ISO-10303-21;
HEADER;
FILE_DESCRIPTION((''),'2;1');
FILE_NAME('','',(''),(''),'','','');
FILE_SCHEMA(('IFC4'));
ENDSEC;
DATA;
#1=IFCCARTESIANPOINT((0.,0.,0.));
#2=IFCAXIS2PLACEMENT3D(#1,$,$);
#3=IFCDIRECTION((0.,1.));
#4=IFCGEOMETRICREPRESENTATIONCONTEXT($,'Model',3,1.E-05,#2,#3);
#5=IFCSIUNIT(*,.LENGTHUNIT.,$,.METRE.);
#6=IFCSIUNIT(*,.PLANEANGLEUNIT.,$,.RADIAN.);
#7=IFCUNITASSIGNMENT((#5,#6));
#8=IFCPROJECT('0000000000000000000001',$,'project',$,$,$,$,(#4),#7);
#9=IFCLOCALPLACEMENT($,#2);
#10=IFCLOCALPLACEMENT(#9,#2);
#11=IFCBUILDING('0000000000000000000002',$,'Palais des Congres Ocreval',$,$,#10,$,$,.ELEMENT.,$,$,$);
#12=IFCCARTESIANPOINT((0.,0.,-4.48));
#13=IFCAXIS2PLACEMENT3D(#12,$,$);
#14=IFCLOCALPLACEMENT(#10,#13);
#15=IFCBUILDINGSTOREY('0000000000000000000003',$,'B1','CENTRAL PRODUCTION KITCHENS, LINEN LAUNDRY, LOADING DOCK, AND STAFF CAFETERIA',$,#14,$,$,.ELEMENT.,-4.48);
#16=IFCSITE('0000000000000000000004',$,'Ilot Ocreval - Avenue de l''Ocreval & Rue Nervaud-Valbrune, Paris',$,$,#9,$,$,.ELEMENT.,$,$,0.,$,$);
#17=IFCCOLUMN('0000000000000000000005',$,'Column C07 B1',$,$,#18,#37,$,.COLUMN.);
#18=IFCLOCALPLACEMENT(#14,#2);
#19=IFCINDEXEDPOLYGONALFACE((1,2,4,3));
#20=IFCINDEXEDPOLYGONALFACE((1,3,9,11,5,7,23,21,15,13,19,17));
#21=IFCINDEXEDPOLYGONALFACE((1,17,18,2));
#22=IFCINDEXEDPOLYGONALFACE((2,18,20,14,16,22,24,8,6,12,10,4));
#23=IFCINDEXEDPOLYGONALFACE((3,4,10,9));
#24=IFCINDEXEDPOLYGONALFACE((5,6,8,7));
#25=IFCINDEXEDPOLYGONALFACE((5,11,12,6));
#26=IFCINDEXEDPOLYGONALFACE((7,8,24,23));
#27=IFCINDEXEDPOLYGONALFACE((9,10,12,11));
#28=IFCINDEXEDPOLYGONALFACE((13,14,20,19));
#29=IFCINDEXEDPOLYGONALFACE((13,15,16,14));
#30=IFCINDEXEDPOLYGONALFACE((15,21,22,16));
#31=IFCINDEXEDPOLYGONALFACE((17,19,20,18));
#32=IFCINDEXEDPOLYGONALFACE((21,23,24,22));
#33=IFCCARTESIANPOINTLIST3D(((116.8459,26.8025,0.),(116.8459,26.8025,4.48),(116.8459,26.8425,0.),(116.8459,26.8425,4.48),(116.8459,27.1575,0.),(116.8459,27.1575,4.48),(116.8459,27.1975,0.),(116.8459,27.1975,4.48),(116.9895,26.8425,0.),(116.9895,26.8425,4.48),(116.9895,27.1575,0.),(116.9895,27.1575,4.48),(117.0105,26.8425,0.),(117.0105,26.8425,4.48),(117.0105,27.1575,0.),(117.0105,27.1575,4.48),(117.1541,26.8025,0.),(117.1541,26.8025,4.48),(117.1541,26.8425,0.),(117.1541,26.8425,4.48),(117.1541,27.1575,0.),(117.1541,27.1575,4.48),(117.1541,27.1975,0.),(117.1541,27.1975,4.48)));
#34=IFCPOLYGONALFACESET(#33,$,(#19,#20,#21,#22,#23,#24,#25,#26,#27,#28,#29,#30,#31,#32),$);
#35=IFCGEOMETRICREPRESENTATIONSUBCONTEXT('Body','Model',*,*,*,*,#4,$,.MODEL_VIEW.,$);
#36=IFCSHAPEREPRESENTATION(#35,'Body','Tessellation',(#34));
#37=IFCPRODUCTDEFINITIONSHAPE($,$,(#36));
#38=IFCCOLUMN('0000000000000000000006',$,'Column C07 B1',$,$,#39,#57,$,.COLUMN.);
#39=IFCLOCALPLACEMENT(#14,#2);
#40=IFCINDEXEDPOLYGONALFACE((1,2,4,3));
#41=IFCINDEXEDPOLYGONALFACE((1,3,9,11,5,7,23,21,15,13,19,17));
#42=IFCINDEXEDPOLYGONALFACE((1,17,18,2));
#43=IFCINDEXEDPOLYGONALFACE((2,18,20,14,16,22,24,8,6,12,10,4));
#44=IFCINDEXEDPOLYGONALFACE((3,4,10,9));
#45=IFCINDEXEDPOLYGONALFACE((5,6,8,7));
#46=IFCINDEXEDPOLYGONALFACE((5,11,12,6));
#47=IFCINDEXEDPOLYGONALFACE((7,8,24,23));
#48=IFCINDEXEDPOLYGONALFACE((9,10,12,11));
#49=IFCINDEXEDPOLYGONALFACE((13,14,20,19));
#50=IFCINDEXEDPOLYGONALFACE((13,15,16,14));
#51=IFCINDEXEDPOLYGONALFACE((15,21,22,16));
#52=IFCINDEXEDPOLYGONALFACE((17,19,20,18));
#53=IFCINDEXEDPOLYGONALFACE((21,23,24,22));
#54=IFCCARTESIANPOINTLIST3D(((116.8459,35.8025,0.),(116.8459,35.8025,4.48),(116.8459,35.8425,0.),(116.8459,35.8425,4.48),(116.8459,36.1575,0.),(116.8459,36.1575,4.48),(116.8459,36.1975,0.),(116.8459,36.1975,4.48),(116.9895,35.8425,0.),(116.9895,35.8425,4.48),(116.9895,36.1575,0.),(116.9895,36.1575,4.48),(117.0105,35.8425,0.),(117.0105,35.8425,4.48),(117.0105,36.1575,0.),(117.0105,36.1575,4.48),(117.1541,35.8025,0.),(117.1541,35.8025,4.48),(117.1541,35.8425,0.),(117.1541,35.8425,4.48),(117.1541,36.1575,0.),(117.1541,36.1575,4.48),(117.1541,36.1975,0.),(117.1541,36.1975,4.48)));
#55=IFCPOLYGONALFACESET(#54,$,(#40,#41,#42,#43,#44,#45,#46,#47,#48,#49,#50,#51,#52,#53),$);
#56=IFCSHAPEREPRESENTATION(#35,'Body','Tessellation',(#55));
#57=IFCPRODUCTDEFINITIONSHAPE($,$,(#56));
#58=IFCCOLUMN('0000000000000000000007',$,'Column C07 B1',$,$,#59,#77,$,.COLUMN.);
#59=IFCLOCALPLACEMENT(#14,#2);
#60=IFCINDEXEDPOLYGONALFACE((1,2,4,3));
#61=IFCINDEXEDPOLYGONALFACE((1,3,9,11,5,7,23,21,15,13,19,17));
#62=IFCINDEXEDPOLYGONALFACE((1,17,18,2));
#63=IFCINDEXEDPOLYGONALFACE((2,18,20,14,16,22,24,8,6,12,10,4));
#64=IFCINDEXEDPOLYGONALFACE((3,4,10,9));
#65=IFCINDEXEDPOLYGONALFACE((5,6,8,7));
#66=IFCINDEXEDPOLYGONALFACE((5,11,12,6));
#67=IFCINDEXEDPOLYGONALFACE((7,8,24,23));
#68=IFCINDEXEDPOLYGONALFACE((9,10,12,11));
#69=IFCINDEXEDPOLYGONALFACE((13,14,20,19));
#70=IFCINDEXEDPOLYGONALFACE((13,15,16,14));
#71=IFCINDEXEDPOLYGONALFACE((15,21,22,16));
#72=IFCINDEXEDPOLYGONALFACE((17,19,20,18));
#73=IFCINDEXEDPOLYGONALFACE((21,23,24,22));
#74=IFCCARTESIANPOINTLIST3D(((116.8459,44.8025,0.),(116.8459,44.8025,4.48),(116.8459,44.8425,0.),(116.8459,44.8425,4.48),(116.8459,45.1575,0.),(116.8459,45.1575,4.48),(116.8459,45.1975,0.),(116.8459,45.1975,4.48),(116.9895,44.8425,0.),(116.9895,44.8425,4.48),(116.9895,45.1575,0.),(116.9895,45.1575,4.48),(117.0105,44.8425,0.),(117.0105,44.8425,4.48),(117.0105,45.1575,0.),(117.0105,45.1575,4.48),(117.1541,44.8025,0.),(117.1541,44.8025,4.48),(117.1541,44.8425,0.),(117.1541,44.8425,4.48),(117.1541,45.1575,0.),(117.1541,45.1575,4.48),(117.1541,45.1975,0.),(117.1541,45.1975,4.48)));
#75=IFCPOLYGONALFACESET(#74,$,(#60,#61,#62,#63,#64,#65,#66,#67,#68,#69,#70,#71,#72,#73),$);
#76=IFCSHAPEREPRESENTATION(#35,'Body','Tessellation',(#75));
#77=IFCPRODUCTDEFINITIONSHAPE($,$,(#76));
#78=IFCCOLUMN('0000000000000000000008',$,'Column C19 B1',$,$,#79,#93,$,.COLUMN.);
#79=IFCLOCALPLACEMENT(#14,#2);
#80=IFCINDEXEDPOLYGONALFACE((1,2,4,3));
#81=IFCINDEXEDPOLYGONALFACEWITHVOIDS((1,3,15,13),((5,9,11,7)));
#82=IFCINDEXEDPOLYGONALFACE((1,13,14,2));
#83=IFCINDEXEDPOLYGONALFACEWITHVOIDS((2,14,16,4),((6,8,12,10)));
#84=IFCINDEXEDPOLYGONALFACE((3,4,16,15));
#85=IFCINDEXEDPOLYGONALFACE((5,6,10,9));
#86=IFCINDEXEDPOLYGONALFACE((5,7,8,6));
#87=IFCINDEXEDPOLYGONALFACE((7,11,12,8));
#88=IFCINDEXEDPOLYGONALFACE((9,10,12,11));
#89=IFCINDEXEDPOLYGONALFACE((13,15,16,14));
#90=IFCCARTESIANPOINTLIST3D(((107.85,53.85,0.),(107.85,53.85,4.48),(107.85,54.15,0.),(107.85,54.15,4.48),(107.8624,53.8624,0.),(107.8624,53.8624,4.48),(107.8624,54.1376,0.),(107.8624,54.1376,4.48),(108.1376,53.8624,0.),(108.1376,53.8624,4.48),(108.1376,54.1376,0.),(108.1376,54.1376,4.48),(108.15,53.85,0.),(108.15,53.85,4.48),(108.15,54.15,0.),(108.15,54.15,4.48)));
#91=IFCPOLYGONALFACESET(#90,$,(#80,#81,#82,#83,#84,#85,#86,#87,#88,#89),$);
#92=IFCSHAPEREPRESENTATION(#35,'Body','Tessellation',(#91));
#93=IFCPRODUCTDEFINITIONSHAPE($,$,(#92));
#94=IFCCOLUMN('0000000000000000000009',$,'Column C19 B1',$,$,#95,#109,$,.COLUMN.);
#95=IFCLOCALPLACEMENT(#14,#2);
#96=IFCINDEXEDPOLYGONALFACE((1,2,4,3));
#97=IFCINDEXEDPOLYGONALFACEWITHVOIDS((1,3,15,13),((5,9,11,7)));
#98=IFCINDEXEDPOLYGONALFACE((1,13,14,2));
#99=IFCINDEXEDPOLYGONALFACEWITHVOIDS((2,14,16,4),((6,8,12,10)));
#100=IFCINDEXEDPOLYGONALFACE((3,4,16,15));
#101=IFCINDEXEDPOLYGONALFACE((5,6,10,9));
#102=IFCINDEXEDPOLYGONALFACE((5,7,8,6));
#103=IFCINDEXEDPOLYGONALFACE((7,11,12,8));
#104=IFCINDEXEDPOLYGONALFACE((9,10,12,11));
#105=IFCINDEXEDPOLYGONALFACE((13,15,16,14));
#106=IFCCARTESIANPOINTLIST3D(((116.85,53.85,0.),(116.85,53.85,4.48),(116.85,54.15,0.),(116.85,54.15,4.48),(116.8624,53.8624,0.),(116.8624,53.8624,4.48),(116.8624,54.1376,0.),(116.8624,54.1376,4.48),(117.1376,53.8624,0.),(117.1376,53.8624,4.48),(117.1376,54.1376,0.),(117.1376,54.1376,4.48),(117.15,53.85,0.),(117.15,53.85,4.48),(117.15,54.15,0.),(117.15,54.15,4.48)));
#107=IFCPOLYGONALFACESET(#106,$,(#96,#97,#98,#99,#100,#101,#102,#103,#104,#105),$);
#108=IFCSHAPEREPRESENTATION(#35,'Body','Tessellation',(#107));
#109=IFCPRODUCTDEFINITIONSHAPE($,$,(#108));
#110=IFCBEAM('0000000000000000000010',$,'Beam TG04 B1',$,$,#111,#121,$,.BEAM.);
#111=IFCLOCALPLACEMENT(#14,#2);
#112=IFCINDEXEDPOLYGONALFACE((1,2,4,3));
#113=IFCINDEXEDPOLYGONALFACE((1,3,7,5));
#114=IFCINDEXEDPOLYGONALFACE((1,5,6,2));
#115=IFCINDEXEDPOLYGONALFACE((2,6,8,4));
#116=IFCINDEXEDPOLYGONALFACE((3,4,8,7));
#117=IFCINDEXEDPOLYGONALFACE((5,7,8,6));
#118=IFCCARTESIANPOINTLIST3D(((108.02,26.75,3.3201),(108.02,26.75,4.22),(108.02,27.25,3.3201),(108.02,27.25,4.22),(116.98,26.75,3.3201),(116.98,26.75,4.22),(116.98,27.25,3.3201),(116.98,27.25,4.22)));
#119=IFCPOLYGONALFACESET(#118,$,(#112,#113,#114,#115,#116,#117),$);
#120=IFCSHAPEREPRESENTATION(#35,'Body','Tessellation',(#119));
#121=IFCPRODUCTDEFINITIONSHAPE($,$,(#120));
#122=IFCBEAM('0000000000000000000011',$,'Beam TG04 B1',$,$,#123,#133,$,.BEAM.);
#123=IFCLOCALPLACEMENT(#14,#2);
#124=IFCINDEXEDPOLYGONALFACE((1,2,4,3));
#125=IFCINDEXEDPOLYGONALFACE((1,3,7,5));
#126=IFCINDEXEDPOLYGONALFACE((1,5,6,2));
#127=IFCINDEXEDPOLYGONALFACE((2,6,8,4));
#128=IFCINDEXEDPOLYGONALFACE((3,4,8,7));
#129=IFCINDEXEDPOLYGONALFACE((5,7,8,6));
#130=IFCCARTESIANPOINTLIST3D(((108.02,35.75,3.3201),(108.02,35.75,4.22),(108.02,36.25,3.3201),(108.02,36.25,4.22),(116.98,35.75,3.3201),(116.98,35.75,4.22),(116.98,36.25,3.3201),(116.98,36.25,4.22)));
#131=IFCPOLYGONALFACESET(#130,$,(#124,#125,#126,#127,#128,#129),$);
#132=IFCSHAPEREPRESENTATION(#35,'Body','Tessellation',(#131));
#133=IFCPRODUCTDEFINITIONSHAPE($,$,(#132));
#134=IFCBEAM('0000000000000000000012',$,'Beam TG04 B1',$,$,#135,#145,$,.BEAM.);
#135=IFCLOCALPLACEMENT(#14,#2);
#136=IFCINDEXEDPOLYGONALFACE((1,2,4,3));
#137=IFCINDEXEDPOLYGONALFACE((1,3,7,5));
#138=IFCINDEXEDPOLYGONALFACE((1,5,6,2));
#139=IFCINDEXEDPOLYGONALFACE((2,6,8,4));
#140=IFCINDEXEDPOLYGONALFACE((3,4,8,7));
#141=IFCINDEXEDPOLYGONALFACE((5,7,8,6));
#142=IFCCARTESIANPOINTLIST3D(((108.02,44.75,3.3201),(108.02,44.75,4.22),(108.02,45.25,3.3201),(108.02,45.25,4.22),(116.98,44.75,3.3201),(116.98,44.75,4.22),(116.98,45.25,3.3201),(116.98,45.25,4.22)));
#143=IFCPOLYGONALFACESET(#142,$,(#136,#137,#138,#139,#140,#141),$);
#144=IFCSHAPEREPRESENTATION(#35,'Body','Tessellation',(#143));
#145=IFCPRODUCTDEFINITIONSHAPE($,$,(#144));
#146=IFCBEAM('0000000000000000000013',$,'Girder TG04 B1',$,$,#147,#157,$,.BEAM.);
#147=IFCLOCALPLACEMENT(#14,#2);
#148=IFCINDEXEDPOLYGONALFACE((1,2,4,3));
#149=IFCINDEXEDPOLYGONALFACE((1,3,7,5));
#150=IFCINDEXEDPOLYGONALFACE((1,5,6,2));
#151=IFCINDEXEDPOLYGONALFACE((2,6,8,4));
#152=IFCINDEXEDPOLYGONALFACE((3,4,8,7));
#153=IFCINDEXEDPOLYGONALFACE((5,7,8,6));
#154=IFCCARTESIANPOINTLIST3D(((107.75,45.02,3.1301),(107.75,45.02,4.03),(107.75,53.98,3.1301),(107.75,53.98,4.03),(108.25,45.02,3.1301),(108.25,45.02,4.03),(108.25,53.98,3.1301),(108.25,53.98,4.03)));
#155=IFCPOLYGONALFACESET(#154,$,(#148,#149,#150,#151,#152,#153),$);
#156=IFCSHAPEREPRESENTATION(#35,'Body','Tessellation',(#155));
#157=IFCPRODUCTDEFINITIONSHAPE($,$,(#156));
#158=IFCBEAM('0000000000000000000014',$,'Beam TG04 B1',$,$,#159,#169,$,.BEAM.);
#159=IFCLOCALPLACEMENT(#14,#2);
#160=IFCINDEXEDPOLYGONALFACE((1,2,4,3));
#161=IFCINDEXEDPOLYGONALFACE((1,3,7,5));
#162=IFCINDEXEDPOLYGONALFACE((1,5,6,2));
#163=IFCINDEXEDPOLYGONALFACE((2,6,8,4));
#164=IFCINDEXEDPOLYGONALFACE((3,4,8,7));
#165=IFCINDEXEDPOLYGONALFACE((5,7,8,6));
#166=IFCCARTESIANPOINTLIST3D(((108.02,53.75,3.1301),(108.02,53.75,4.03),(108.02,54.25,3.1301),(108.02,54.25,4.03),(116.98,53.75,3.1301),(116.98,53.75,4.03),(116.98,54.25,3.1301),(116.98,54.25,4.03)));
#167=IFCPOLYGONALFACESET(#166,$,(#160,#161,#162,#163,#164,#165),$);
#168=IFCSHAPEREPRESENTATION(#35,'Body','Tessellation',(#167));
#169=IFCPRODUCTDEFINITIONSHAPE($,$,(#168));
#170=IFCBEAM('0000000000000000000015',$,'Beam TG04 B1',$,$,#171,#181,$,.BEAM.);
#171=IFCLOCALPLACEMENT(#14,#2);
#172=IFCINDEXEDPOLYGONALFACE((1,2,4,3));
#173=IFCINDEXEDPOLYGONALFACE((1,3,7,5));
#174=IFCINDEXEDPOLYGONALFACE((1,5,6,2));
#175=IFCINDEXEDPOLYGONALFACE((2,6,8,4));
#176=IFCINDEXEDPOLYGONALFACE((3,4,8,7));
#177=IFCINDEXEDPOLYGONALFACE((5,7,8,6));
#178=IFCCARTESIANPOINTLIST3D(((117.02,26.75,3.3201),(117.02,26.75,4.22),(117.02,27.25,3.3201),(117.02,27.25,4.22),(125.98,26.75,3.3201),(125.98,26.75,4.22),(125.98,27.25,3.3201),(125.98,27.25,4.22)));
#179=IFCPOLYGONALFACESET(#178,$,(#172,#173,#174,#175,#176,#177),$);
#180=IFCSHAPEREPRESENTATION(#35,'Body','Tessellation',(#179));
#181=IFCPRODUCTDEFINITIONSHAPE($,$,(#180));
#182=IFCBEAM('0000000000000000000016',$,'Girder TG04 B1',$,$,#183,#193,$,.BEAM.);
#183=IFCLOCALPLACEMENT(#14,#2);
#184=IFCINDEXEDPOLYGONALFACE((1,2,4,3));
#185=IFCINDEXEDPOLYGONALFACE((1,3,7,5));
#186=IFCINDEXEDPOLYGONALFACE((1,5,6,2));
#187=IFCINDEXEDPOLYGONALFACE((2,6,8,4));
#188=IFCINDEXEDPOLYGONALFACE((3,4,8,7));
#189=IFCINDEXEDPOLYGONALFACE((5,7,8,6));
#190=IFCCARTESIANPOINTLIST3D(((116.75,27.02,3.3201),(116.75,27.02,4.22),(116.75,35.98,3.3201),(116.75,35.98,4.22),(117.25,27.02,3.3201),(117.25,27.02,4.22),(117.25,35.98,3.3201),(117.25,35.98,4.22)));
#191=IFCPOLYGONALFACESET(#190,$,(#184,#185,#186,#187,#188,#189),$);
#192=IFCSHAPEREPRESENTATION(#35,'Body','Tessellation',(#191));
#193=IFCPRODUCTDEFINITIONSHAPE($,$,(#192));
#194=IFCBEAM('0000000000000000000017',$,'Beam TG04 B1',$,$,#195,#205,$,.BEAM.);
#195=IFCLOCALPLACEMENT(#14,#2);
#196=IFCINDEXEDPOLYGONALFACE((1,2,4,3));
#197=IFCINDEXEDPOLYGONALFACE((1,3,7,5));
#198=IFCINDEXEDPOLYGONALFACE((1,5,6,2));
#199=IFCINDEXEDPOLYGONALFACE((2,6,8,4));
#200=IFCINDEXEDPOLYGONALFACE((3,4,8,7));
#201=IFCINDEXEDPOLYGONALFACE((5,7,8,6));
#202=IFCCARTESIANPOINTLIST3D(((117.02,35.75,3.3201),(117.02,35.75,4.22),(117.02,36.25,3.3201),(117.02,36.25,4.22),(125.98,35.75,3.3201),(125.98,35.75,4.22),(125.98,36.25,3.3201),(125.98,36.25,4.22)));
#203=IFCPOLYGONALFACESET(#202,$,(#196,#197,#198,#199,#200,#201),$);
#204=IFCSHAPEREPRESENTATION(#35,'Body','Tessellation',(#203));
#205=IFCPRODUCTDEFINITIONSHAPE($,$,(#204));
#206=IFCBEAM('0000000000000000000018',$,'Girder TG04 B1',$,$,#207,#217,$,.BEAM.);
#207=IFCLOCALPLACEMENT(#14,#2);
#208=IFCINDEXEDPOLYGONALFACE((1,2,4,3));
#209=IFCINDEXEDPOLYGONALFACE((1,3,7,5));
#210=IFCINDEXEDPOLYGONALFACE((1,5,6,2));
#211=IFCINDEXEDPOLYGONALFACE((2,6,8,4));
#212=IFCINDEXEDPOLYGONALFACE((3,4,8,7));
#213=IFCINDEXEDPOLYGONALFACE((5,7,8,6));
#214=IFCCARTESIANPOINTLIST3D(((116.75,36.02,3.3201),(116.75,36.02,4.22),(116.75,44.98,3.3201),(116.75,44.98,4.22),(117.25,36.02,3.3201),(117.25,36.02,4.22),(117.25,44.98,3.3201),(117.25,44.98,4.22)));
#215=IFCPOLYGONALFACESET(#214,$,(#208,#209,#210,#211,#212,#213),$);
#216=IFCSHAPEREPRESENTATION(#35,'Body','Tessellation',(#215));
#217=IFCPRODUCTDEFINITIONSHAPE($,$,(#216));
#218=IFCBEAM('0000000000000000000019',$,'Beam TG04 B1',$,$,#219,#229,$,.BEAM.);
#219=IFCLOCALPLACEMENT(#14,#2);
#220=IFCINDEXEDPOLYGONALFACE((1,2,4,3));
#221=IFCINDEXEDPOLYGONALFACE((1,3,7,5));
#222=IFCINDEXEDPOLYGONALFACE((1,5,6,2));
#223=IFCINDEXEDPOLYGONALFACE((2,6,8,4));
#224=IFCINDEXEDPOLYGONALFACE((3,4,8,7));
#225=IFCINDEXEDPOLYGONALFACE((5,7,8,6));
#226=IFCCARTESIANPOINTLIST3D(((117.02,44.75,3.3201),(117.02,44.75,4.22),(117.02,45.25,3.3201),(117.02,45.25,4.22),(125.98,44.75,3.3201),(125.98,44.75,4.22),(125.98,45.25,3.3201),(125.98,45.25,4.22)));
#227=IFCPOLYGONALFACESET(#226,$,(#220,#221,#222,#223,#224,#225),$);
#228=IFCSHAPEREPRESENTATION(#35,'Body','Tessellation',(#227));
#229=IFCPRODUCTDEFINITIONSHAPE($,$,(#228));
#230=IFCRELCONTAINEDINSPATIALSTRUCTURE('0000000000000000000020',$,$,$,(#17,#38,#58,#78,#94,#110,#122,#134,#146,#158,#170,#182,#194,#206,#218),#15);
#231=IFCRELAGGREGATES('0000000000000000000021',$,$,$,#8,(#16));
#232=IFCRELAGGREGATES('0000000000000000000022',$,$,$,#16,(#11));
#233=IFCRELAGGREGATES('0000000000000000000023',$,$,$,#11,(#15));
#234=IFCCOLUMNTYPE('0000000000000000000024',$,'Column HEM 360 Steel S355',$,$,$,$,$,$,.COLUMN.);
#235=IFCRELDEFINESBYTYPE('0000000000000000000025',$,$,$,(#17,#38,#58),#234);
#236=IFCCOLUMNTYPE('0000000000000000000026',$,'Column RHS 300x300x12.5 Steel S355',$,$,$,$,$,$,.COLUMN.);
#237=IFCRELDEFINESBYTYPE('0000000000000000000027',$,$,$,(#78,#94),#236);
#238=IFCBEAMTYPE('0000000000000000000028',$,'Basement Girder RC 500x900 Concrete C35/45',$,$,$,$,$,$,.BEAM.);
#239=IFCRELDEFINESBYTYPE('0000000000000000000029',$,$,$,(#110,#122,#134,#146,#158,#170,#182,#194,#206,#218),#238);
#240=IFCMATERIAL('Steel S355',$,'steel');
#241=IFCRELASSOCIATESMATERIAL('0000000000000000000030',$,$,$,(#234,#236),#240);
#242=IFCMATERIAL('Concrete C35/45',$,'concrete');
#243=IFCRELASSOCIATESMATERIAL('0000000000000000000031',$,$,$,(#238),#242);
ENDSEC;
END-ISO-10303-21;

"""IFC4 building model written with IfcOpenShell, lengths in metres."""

from ifc_helpers import new_model, si_unit, direction, frame, origin, origin_2d, place, context, subcontext, project, spatial, rectangle, hollow_rectangle, i_section, extrude, material, material_profile, profile_set, type_object, element, save


model = new_model("IFC4")

# Units and contexts
model_context = context("Model", 3, precision=1e-05, world=origin(), true_north=direction((0.0, 1.0)))
body_context = subcontext(model_context, "Body", "Model", "MODEL_VIEW")
ifc_project = project(units=[si_unit("LENGTHUNIT", "METRE"), si_unit("PLANEANGLEUNIT", "RADIAN")], contexts=[model_context])

# Site, building, storey
site_placement = place(None, origin())
site = spatial("IfcSite", under=ifc_project, at=site_placement, Name="Ilot Ocreval - Avenue de l'Ocreval & Rue Nervaud-Valbrune, Paris", CompositionType="ELEMENT", RefElevation=0.0)
building_placement = place(site_placement, origin())
building = spatial("IfcBuilding", under=site, at=building_placement, Name="Palais des Congres Ocreval", CompositionType="ELEMENT")
storey_placement = place(building_placement, frame((0.0, 0.0, -4.48)))
storey = spatial("IfcBuildingStorey", under=building, at=storey_placement, Name="B1", Description="CENTRAL PRODUCTION KITCHENS, LINEN LAUNDRY, LOADING DOCK, AND STAFF CAFETERIA", CompositionType="ELEMENT", Elevation=-4.48)

# Columns
ifc_material_1 = material(Name="Steel S355", Category="steel")
ifc_material_profile_1 = material_profile(ifc_material_1, i_section(OverallWidth=0.3081, OverallDepth=0.395, WebThickness=0.021, FlangeThickness=0.04, at=origin_2d()), Name="HEM 360")
ifc_profile_set_1 = profile_set([ifc_material_profile_1], Name="Steel S355")
column_type_1 = type_object("IfcColumnType", Name="Column HEM 360 Steel S355", PredefinedType="COLUMN", material=ifc_profile_set_1)
for number, where, z_axis, x_axis, name in (
    (1, (117.0, 27.0, 0.0), (0.0, 0.0, 1.0), (1.0, 0.0, 0.0), "Column C07 B1"),
    (2, (117.0, 36.0, 0.0), (0.0, 0.0, 1.0), (1.0, 0.0, 0.0), "Column C07 B1"),
    (3, (117.0, 45.0, 0.0), (0.0, 0.0, 1.0), (1.0, 0.0, 0.0), "Column C07 B1"),
):
    element("IfcColumn", number, at=place(storey_placement, frame(where, z_axis=z_axis, x_axis=x_axis)), inside=storey, type_object=column_type_1, Name=name, PredefinedType="COLUMN", context=body_context, shape_type="SweptSolid", body=[
        extrude(i_section(OverallWidth=0.3081, OverallDepth=0.395, WebThickness=0.021, FlangeThickness=0.04, at=origin_2d()), origin(), (0.0, 0.0, 1.0), 4.48),
    ])
ifc_material_profile_2 = material_profile(ifc_material_1, hollow_rectangle(XDim=0.3, YDim=0.3, WallThickness=0.0125, at=origin_2d()), Name="RHS 300x300x12.5")
ifc_profile_set_2 = profile_set([ifc_material_profile_2], Name="Steel S355")
column_type_2 = type_object("IfcColumnType", Name="Column RHS 300x300x12.5 Steel S355", PredefinedType="COLUMN", material=ifc_profile_set_2)
for number, where, z_axis, x_axis, name in (
    (4, (108.0, 54.0, 0.0), (0.0, 0.0, 1.0), (1.0, 0.0, 0.0), "Column C19 B1"),
    (5, (117.0, 54.0, 0.0), (0.0, 0.0, 1.0), (1.0, 0.0, 0.0), "Column C19 B1"),
):
    element("IfcColumn", number, at=place(storey_placement, frame(where, z_axis=z_axis, x_axis=x_axis)), inside=storey, type_object=column_type_2, Name=name, PredefinedType="COLUMN", context=body_context, shape_type="SweptSolid", body=[
        extrude(hollow_rectangle(XDim=0.3, YDim=0.3, WallThickness=0.0125, at=origin_2d()), origin(), (0.0, 0.0, 1.0), 4.48),
    ])

# Beams
ifc_material_2 = material(Name="Concrete C35/45", Category="concrete")
ifc_material_profile_3 = material_profile(ifc_material_2, rectangle(XDim=0.5, YDim=0.8999, at=origin_2d()), Name="RC 500x900")
ifc_profile_set_3 = profile_set([ifc_material_profile_3], Name="Concrete C35/45")
beam_type_1 = type_object("IfcBeamType", Name="Basement Girder RC 500x900 Concrete C35/45", PredefinedType="BEAM", material=ifc_profile_set_3)
for number, where, z_axis, x_axis, name in (
    (6, (108.02, 27.0, 3.77), (1.0, 0.0, 0.0), (0.0, 1.0, 0.0), "Beam TG04 B1"),
    (7, (108.02, 36.0, 3.77), (1.0, 0.0, 0.0), (0.0, 1.0, 0.0), "Beam TG04 B1"),
    (8, (108.02, 45.0, 3.77), (1.0, 0.0, 0.0), (0.0, 1.0, 0.0), "Beam TG04 B1"),
    (9, (108.0, 45.02, 3.5801), (0.0, 1.0, 0.0), (-1.0, 0.0, 0.0), "Girder TG04 B1"),
    (10, (108.02, 54.0, 3.5801), (1.0, 0.0, 0.0), (0.0, 1.0, 0.0), "Beam TG04 B1"),
    (11, (117.02, 27.0, 3.77), (1.0, 0.0, 0.0), (0.0, 1.0, 0.0), "Beam TG04 B1"),
    (12, (117.0, 27.02, 3.77), (0.0, 1.0, 0.0), (-1.0, 0.0, 0.0), "Girder TG04 B1"),
    (13, (117.02, 36.0, 3.77), (1.0, 0.0, 0.0), (0.0, 1.0, 0.0), "Beam TG04 B1"),
    (14, (117.0, 36.02, 3.77), (0.0, 1.0, 0.0), (-1.0, 0.0, 0.0), "Girder TG04 B1"),
    (15, (117.02, 45.0, 3.77), (1.0, 0.0, 0.0), (0.0, 1.0, 0.0), "Beam TG04 B1"),
):
    element("IfcBeam", number, at=place(storey_placement, frame(where, z_axis=z_axis, x_axis=x_axis)), inside=storey, type_object=beam_type_1, Name=name, PredefinedType="BEAM", context=body_context, shape_type="SweptSolid", body=[
        extrude(rectangle(XDim=0.5, YDim=0.8999, at=origin_2d()), origin(), (0.0, 0.0, 1.0), 8.96),
    ])

save(model, "model.ifc")
